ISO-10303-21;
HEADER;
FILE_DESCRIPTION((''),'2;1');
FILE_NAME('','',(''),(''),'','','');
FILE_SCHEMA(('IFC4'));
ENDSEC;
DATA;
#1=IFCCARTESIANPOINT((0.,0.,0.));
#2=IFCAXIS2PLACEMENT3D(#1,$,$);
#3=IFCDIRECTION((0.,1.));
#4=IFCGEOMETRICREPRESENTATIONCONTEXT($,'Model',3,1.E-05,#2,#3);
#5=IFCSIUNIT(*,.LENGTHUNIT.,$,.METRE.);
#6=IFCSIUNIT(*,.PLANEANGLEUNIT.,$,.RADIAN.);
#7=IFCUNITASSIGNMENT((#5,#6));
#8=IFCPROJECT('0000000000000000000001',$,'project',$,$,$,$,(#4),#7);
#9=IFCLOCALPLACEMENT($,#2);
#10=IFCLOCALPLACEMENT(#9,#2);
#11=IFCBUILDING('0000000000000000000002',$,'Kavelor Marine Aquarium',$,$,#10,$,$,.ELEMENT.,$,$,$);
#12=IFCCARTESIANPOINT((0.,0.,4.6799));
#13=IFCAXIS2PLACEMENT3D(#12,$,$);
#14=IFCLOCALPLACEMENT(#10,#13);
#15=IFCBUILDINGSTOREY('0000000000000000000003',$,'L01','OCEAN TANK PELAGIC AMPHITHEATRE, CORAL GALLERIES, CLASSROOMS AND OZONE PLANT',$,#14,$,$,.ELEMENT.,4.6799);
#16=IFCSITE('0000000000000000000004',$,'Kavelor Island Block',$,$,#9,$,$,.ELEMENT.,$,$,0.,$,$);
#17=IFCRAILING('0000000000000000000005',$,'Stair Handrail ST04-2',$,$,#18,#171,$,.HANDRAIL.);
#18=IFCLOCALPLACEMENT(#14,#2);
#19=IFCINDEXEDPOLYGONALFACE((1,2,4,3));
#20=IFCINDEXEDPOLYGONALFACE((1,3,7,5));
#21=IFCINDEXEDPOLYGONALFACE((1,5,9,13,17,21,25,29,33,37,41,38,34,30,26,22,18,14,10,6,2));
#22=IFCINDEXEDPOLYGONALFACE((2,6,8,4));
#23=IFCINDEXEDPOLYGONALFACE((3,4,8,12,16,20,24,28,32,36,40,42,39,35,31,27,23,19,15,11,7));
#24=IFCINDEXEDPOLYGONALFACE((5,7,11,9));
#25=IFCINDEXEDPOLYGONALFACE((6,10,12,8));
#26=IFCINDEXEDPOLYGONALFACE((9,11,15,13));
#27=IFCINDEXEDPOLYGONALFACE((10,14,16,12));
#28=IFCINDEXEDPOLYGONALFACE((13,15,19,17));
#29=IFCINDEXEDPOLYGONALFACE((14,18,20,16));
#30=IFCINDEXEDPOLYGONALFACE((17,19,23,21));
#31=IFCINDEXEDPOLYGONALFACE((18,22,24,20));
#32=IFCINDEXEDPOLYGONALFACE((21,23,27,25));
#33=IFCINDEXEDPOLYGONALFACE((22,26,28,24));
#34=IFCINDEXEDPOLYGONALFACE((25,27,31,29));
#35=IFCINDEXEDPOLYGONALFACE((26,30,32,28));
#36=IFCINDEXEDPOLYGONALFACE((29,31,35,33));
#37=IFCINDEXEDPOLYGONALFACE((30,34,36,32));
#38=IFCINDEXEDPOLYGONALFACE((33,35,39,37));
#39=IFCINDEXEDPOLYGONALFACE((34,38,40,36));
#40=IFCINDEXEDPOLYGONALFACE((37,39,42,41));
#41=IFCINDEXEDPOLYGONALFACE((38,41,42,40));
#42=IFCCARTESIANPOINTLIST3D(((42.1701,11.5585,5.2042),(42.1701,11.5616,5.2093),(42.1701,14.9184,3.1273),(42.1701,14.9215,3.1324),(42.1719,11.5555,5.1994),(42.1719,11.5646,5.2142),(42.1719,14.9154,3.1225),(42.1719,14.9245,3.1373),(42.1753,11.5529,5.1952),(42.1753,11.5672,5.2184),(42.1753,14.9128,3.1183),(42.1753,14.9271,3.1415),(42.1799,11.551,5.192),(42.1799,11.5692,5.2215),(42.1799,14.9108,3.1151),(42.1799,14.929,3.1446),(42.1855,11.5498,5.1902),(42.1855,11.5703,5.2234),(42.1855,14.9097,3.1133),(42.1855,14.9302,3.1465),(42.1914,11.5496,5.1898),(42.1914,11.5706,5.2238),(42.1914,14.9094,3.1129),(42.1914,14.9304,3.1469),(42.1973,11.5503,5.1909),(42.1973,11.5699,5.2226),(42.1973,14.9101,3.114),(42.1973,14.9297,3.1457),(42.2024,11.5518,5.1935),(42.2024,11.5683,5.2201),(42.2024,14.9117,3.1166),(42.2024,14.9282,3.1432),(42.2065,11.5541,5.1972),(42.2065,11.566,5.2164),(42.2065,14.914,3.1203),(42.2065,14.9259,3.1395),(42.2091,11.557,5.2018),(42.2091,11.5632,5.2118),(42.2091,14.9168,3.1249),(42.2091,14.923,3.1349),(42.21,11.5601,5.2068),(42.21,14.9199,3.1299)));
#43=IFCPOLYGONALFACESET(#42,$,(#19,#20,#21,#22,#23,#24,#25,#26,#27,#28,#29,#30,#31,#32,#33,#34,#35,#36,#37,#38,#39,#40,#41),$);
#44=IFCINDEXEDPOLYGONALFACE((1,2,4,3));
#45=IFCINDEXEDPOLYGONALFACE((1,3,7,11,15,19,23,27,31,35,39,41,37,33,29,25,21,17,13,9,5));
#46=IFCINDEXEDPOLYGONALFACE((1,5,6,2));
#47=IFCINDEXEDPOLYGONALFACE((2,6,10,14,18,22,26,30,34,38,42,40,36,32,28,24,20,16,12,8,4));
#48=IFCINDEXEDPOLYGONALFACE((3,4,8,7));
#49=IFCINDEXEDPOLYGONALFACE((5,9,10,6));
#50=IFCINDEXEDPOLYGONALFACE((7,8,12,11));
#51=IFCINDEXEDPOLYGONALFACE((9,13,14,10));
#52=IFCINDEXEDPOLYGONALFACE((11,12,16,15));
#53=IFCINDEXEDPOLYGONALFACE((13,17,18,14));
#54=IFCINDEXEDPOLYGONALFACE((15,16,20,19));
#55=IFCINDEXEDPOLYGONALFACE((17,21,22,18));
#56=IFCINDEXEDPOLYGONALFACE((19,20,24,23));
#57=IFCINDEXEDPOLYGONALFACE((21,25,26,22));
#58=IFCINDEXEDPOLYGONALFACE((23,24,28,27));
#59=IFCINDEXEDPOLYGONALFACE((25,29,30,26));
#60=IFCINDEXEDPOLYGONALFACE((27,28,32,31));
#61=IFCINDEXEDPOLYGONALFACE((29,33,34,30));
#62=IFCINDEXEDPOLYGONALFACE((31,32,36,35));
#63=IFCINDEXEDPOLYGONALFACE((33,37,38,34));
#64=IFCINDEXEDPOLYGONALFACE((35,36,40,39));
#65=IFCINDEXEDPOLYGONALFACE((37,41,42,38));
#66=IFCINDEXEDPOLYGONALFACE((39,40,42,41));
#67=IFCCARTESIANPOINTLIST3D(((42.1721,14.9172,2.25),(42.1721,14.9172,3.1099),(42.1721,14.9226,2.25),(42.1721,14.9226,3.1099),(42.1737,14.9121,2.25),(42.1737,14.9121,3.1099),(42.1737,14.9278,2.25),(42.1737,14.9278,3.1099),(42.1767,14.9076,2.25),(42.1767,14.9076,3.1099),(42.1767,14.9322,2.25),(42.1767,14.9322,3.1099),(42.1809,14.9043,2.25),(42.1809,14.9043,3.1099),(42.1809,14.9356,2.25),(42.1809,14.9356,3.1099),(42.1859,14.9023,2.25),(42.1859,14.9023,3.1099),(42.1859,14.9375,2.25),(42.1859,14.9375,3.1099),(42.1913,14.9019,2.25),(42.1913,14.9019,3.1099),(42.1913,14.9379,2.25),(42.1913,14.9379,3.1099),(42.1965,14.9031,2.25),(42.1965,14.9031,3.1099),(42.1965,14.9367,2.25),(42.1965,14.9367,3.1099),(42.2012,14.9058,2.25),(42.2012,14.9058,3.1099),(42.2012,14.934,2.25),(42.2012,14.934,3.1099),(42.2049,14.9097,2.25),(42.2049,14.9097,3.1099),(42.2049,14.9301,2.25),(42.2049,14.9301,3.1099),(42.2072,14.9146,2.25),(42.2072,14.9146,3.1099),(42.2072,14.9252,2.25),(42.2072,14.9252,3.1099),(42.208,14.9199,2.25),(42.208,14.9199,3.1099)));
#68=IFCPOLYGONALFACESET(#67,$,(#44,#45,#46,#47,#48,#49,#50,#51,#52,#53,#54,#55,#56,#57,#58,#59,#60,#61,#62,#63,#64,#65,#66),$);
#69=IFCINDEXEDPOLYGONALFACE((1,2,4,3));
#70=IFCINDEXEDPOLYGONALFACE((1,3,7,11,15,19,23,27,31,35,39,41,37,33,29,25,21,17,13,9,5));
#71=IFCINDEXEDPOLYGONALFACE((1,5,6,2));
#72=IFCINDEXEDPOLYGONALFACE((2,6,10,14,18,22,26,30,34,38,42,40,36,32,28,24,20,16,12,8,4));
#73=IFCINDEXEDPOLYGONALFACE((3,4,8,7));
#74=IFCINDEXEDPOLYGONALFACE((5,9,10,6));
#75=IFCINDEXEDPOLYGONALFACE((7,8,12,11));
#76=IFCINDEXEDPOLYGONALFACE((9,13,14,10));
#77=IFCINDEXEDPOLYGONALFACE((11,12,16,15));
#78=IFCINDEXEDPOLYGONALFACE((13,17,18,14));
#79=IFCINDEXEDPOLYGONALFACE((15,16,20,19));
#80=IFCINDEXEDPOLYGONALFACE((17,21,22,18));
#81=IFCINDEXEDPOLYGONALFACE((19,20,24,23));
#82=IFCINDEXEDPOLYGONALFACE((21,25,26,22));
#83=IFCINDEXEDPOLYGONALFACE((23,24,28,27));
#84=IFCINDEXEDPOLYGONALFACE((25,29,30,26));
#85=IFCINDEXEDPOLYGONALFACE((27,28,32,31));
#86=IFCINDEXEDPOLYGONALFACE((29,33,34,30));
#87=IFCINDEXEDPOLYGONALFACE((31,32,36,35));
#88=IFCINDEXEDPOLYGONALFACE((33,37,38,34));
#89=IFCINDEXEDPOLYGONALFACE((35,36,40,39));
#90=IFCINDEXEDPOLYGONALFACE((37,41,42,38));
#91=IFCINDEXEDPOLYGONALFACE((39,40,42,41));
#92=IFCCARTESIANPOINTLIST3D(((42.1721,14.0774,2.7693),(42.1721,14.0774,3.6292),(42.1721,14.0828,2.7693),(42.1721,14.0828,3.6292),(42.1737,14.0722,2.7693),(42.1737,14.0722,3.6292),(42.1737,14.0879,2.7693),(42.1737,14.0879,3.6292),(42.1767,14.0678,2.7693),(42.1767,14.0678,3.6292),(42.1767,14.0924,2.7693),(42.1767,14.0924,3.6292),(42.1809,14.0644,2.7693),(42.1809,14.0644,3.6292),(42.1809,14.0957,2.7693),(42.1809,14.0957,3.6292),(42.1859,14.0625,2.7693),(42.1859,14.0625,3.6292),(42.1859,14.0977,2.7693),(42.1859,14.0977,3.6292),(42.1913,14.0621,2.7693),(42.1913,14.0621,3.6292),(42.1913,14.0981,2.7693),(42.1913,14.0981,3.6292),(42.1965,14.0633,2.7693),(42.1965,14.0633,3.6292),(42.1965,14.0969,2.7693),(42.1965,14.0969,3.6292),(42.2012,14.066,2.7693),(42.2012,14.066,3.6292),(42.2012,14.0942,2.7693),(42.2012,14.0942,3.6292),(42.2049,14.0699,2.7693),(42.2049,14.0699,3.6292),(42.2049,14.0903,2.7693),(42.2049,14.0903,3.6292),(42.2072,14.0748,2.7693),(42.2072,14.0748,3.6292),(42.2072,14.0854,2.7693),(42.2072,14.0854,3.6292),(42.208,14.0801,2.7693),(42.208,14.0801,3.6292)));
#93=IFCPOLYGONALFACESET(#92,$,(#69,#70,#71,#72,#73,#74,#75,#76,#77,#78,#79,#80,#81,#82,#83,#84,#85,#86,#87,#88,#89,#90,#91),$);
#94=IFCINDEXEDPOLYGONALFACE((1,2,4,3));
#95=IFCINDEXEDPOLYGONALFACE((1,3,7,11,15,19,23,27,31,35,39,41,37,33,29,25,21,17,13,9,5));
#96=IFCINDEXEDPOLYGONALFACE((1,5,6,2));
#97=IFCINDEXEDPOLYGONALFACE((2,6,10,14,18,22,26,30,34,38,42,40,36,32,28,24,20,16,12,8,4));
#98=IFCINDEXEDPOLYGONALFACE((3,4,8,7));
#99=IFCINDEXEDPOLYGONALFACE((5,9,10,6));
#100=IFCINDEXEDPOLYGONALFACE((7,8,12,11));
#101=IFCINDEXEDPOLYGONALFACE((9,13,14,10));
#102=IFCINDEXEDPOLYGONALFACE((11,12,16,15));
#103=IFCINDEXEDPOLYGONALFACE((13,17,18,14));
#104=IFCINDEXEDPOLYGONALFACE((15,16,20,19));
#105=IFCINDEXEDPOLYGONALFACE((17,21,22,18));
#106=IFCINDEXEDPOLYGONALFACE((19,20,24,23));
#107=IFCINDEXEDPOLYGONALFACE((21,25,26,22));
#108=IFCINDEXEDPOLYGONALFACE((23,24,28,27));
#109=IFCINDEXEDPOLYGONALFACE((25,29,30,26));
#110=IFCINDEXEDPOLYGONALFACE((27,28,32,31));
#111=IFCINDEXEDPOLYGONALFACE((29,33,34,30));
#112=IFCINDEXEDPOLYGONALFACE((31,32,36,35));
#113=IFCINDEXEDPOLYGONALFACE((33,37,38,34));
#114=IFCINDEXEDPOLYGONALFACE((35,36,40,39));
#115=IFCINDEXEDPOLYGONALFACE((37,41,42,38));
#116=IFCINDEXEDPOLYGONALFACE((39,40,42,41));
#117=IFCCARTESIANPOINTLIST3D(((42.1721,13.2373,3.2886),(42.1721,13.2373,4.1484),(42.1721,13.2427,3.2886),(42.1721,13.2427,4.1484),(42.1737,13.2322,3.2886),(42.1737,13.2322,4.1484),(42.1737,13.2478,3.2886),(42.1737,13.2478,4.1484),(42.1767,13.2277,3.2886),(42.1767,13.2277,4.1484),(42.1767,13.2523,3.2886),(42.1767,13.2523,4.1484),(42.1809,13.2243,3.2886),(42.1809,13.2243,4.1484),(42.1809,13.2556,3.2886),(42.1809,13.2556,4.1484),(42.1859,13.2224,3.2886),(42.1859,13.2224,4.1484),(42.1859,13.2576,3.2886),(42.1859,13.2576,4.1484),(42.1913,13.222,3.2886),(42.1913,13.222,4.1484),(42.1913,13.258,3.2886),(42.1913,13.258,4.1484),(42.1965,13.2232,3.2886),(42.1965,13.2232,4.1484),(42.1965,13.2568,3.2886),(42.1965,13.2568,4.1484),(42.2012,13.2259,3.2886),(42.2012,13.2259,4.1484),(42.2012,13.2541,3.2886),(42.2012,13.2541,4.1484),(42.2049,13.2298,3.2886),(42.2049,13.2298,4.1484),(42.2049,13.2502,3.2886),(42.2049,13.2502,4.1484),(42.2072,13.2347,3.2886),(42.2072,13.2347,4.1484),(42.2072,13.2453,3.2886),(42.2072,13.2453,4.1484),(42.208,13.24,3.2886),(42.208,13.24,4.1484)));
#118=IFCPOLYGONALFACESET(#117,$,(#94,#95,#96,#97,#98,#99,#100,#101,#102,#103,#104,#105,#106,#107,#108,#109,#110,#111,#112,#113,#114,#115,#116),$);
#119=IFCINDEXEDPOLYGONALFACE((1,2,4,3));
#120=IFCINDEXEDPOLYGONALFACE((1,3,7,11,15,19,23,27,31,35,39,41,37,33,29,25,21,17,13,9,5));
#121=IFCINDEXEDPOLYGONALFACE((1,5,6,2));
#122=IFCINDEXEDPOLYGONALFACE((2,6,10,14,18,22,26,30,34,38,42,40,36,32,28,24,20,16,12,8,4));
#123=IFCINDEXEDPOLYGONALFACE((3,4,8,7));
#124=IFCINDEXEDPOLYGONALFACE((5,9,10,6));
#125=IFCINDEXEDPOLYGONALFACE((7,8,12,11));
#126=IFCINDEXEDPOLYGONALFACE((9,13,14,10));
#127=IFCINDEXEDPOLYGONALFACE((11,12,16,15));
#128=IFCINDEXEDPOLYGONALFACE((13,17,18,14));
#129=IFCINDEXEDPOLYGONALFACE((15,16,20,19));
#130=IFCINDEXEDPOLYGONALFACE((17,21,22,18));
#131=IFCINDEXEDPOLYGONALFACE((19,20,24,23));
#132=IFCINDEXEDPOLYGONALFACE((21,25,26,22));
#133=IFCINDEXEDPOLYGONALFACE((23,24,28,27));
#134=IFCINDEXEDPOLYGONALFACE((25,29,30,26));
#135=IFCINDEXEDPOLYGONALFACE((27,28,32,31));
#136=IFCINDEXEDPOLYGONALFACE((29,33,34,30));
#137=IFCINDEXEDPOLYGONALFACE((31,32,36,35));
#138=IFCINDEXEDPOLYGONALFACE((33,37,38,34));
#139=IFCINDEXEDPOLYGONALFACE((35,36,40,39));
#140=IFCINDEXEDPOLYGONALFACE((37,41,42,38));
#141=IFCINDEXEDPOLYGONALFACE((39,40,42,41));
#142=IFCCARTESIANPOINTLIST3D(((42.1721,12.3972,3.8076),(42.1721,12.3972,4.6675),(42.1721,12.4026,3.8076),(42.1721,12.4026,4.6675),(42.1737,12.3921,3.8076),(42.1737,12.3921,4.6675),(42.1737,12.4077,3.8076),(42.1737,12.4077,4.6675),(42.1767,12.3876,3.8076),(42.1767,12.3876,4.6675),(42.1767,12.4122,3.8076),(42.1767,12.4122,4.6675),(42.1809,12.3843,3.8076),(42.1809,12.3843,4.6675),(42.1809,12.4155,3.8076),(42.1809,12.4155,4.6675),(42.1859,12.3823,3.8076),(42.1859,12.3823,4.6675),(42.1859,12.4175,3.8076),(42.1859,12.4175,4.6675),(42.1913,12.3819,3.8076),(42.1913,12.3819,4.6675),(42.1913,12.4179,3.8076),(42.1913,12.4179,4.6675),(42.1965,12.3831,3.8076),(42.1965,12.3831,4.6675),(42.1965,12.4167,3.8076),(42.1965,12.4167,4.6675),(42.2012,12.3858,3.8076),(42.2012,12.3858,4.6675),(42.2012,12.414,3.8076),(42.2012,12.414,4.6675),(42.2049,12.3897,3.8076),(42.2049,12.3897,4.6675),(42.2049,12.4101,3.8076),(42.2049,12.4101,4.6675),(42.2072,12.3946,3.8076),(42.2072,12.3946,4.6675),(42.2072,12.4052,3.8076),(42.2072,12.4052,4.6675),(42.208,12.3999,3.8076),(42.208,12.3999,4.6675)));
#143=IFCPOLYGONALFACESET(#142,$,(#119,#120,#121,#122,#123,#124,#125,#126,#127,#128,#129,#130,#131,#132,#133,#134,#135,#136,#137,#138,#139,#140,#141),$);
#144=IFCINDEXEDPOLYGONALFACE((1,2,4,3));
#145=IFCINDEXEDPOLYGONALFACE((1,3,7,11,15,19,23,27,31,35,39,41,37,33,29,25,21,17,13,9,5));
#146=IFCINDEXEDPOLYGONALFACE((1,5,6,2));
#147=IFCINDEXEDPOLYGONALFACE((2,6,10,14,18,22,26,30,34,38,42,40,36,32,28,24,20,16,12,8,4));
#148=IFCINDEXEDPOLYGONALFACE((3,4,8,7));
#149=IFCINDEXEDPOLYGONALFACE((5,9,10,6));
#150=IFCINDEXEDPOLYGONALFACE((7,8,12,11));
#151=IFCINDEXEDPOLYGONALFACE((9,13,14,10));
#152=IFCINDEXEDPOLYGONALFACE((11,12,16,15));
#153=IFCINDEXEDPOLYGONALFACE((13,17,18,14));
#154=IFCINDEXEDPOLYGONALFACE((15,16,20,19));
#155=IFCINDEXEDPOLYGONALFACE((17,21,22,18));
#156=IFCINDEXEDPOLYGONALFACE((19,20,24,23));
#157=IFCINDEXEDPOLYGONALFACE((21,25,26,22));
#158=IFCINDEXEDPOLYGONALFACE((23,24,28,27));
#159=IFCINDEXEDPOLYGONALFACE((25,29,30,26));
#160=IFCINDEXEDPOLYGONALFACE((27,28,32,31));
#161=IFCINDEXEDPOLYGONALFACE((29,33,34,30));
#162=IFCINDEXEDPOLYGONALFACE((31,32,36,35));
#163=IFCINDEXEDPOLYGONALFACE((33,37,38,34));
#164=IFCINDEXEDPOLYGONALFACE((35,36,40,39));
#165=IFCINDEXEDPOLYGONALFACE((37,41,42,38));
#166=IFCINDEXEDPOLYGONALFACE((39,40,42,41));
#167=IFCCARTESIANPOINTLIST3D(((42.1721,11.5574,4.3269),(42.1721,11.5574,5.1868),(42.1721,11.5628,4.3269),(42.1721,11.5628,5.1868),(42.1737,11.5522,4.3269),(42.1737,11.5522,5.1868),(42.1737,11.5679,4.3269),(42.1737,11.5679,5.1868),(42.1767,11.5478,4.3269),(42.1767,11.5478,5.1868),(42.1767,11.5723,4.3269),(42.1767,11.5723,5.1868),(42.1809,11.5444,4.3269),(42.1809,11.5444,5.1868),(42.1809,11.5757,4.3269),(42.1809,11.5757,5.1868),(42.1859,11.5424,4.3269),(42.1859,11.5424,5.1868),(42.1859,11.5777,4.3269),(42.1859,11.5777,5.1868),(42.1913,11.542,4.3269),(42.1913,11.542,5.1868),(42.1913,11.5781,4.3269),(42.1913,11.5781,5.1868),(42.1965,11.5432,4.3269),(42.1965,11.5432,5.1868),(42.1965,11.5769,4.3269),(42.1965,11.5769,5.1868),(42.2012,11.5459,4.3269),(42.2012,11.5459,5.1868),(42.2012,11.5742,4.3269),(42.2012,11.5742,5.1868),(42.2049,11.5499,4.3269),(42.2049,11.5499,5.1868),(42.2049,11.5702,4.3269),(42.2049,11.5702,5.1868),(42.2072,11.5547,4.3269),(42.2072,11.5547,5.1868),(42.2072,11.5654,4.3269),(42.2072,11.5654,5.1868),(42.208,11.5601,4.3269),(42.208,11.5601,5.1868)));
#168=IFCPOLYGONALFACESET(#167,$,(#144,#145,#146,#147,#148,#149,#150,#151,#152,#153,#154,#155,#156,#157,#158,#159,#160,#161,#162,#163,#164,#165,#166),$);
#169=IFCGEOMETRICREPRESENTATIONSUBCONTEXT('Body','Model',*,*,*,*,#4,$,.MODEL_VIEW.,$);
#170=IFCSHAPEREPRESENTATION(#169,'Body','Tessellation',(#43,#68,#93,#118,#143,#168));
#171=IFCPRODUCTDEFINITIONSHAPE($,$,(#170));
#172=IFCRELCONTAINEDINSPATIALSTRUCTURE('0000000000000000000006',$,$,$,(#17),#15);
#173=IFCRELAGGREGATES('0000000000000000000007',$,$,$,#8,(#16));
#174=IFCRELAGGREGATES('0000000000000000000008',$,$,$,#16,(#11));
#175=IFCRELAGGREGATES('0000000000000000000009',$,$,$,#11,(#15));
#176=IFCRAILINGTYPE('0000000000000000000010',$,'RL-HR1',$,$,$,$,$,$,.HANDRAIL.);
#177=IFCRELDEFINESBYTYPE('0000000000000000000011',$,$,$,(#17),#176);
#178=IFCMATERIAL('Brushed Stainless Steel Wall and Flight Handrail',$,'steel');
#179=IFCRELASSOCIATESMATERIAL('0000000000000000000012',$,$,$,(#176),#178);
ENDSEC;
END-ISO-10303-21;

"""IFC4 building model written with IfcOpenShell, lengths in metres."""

from ifc_helpers import new_model, si_unit, direction, frame, origin, origin_2d, place, context, subcontext, project, spatial, circle, extrude, material, type_object, element, save


model = new_model("IFC4")

# Units and contexts
model_context = context("Model", 3, precision=1e-05, world=origin(), true_north=direction((0.0, 1.0)))
body_context = subcontext(model_context, "Body", "Model", "MODEL_VIEW")
ifc_project = project(units=[si_unit("LENGTHUNIT", "METRE"), si_unit("PLANEANGLEUNIT", "RADIAN")], contexts=[model_context])

# Site, building, storey
site_placement = place(None, origin())
site = spatial("IfcSite", under=ifc_project, at=site_placement, Name="Kavelor Island Block", CompositionType="ELEMENT", RefElevation=0.0)
building_placement = place(site_placement, origin())
building = spatial("IfcBuilding", under=site, at=building_placement, Name="Kavelor Marine Aquarium", CompositionType="ELEMENT")
storey_placement = place(building_placement, frame((0.0, 0.0, 4.6799)))
storey = spatial("IfcBuildingStorey", under=building, at=storey_placement, Name="L01", Description="OCEAN TANK PELAGIC AMPHITHEATRE, CORAL GALLERIES, CLASSROOMS AND OZONE PLANT", CompositionType="ELEMENT", Elevation=4.6799)

# Railing
ifc_material_1 = material(Name="Brushed Stainless Steel Wall and Flight Handrail", Category="steel")
railing_type_1 = type_object("IfcRailingType", Name="RL-HR1", PredefinedType="HANDRAIL", material=ifc_material_1)
railing_1_placement = place(storey_placement, frame((42.1899, 14.9199, 2.25)))
element("IfcRailing", 1, at=railing_1_placement, inside=storey, type_object=railing_type_1, Name="Stair Handrail ST04-2", PredefinedType="HANDRAIL", context=body_context, shape_type="SweptSolid", body=[
    extrude(circle(Radius=0.02, at=origin_2d()), frame((0.0, 0.0, 0.8799), z_axis=(0.0, -0.850606, 0.525803), x_axis=(1.0, 0.0, 0.0)), (0.0, 0.0, 1.0), 3.95),
    extrude(circle(Radius=0.0181, at=origin_2d()), origin(), (0.0, 0.0, 1.0), 0.8599),
    extrude(circle(Radius=0.0181, at=origin_2d()), frame((0.0, -0.8398, 0.5193)), (0.0, 0.0, 1.0), 0.8599),
    extrude(circle(Radius=0.0181, at=origin_2d()), frame((0.0, -1.6799, 1.0386)), (0.0, 0.0, 1.0), 0.8599),
    extrude(circle(Radius=0.0181, at=origin_2d()), frame((0.0, -2.52, 1.5576)), (0.0, 0.0, 1.0), 0.8599),
    extrude(circle(Radius=0.0181, at=origin_2d()), frame((0.0, -3.3599, 2.0769)), (0.0, 0.0, 1.0), 0.8599),
])

save(model, "model.ifc")
